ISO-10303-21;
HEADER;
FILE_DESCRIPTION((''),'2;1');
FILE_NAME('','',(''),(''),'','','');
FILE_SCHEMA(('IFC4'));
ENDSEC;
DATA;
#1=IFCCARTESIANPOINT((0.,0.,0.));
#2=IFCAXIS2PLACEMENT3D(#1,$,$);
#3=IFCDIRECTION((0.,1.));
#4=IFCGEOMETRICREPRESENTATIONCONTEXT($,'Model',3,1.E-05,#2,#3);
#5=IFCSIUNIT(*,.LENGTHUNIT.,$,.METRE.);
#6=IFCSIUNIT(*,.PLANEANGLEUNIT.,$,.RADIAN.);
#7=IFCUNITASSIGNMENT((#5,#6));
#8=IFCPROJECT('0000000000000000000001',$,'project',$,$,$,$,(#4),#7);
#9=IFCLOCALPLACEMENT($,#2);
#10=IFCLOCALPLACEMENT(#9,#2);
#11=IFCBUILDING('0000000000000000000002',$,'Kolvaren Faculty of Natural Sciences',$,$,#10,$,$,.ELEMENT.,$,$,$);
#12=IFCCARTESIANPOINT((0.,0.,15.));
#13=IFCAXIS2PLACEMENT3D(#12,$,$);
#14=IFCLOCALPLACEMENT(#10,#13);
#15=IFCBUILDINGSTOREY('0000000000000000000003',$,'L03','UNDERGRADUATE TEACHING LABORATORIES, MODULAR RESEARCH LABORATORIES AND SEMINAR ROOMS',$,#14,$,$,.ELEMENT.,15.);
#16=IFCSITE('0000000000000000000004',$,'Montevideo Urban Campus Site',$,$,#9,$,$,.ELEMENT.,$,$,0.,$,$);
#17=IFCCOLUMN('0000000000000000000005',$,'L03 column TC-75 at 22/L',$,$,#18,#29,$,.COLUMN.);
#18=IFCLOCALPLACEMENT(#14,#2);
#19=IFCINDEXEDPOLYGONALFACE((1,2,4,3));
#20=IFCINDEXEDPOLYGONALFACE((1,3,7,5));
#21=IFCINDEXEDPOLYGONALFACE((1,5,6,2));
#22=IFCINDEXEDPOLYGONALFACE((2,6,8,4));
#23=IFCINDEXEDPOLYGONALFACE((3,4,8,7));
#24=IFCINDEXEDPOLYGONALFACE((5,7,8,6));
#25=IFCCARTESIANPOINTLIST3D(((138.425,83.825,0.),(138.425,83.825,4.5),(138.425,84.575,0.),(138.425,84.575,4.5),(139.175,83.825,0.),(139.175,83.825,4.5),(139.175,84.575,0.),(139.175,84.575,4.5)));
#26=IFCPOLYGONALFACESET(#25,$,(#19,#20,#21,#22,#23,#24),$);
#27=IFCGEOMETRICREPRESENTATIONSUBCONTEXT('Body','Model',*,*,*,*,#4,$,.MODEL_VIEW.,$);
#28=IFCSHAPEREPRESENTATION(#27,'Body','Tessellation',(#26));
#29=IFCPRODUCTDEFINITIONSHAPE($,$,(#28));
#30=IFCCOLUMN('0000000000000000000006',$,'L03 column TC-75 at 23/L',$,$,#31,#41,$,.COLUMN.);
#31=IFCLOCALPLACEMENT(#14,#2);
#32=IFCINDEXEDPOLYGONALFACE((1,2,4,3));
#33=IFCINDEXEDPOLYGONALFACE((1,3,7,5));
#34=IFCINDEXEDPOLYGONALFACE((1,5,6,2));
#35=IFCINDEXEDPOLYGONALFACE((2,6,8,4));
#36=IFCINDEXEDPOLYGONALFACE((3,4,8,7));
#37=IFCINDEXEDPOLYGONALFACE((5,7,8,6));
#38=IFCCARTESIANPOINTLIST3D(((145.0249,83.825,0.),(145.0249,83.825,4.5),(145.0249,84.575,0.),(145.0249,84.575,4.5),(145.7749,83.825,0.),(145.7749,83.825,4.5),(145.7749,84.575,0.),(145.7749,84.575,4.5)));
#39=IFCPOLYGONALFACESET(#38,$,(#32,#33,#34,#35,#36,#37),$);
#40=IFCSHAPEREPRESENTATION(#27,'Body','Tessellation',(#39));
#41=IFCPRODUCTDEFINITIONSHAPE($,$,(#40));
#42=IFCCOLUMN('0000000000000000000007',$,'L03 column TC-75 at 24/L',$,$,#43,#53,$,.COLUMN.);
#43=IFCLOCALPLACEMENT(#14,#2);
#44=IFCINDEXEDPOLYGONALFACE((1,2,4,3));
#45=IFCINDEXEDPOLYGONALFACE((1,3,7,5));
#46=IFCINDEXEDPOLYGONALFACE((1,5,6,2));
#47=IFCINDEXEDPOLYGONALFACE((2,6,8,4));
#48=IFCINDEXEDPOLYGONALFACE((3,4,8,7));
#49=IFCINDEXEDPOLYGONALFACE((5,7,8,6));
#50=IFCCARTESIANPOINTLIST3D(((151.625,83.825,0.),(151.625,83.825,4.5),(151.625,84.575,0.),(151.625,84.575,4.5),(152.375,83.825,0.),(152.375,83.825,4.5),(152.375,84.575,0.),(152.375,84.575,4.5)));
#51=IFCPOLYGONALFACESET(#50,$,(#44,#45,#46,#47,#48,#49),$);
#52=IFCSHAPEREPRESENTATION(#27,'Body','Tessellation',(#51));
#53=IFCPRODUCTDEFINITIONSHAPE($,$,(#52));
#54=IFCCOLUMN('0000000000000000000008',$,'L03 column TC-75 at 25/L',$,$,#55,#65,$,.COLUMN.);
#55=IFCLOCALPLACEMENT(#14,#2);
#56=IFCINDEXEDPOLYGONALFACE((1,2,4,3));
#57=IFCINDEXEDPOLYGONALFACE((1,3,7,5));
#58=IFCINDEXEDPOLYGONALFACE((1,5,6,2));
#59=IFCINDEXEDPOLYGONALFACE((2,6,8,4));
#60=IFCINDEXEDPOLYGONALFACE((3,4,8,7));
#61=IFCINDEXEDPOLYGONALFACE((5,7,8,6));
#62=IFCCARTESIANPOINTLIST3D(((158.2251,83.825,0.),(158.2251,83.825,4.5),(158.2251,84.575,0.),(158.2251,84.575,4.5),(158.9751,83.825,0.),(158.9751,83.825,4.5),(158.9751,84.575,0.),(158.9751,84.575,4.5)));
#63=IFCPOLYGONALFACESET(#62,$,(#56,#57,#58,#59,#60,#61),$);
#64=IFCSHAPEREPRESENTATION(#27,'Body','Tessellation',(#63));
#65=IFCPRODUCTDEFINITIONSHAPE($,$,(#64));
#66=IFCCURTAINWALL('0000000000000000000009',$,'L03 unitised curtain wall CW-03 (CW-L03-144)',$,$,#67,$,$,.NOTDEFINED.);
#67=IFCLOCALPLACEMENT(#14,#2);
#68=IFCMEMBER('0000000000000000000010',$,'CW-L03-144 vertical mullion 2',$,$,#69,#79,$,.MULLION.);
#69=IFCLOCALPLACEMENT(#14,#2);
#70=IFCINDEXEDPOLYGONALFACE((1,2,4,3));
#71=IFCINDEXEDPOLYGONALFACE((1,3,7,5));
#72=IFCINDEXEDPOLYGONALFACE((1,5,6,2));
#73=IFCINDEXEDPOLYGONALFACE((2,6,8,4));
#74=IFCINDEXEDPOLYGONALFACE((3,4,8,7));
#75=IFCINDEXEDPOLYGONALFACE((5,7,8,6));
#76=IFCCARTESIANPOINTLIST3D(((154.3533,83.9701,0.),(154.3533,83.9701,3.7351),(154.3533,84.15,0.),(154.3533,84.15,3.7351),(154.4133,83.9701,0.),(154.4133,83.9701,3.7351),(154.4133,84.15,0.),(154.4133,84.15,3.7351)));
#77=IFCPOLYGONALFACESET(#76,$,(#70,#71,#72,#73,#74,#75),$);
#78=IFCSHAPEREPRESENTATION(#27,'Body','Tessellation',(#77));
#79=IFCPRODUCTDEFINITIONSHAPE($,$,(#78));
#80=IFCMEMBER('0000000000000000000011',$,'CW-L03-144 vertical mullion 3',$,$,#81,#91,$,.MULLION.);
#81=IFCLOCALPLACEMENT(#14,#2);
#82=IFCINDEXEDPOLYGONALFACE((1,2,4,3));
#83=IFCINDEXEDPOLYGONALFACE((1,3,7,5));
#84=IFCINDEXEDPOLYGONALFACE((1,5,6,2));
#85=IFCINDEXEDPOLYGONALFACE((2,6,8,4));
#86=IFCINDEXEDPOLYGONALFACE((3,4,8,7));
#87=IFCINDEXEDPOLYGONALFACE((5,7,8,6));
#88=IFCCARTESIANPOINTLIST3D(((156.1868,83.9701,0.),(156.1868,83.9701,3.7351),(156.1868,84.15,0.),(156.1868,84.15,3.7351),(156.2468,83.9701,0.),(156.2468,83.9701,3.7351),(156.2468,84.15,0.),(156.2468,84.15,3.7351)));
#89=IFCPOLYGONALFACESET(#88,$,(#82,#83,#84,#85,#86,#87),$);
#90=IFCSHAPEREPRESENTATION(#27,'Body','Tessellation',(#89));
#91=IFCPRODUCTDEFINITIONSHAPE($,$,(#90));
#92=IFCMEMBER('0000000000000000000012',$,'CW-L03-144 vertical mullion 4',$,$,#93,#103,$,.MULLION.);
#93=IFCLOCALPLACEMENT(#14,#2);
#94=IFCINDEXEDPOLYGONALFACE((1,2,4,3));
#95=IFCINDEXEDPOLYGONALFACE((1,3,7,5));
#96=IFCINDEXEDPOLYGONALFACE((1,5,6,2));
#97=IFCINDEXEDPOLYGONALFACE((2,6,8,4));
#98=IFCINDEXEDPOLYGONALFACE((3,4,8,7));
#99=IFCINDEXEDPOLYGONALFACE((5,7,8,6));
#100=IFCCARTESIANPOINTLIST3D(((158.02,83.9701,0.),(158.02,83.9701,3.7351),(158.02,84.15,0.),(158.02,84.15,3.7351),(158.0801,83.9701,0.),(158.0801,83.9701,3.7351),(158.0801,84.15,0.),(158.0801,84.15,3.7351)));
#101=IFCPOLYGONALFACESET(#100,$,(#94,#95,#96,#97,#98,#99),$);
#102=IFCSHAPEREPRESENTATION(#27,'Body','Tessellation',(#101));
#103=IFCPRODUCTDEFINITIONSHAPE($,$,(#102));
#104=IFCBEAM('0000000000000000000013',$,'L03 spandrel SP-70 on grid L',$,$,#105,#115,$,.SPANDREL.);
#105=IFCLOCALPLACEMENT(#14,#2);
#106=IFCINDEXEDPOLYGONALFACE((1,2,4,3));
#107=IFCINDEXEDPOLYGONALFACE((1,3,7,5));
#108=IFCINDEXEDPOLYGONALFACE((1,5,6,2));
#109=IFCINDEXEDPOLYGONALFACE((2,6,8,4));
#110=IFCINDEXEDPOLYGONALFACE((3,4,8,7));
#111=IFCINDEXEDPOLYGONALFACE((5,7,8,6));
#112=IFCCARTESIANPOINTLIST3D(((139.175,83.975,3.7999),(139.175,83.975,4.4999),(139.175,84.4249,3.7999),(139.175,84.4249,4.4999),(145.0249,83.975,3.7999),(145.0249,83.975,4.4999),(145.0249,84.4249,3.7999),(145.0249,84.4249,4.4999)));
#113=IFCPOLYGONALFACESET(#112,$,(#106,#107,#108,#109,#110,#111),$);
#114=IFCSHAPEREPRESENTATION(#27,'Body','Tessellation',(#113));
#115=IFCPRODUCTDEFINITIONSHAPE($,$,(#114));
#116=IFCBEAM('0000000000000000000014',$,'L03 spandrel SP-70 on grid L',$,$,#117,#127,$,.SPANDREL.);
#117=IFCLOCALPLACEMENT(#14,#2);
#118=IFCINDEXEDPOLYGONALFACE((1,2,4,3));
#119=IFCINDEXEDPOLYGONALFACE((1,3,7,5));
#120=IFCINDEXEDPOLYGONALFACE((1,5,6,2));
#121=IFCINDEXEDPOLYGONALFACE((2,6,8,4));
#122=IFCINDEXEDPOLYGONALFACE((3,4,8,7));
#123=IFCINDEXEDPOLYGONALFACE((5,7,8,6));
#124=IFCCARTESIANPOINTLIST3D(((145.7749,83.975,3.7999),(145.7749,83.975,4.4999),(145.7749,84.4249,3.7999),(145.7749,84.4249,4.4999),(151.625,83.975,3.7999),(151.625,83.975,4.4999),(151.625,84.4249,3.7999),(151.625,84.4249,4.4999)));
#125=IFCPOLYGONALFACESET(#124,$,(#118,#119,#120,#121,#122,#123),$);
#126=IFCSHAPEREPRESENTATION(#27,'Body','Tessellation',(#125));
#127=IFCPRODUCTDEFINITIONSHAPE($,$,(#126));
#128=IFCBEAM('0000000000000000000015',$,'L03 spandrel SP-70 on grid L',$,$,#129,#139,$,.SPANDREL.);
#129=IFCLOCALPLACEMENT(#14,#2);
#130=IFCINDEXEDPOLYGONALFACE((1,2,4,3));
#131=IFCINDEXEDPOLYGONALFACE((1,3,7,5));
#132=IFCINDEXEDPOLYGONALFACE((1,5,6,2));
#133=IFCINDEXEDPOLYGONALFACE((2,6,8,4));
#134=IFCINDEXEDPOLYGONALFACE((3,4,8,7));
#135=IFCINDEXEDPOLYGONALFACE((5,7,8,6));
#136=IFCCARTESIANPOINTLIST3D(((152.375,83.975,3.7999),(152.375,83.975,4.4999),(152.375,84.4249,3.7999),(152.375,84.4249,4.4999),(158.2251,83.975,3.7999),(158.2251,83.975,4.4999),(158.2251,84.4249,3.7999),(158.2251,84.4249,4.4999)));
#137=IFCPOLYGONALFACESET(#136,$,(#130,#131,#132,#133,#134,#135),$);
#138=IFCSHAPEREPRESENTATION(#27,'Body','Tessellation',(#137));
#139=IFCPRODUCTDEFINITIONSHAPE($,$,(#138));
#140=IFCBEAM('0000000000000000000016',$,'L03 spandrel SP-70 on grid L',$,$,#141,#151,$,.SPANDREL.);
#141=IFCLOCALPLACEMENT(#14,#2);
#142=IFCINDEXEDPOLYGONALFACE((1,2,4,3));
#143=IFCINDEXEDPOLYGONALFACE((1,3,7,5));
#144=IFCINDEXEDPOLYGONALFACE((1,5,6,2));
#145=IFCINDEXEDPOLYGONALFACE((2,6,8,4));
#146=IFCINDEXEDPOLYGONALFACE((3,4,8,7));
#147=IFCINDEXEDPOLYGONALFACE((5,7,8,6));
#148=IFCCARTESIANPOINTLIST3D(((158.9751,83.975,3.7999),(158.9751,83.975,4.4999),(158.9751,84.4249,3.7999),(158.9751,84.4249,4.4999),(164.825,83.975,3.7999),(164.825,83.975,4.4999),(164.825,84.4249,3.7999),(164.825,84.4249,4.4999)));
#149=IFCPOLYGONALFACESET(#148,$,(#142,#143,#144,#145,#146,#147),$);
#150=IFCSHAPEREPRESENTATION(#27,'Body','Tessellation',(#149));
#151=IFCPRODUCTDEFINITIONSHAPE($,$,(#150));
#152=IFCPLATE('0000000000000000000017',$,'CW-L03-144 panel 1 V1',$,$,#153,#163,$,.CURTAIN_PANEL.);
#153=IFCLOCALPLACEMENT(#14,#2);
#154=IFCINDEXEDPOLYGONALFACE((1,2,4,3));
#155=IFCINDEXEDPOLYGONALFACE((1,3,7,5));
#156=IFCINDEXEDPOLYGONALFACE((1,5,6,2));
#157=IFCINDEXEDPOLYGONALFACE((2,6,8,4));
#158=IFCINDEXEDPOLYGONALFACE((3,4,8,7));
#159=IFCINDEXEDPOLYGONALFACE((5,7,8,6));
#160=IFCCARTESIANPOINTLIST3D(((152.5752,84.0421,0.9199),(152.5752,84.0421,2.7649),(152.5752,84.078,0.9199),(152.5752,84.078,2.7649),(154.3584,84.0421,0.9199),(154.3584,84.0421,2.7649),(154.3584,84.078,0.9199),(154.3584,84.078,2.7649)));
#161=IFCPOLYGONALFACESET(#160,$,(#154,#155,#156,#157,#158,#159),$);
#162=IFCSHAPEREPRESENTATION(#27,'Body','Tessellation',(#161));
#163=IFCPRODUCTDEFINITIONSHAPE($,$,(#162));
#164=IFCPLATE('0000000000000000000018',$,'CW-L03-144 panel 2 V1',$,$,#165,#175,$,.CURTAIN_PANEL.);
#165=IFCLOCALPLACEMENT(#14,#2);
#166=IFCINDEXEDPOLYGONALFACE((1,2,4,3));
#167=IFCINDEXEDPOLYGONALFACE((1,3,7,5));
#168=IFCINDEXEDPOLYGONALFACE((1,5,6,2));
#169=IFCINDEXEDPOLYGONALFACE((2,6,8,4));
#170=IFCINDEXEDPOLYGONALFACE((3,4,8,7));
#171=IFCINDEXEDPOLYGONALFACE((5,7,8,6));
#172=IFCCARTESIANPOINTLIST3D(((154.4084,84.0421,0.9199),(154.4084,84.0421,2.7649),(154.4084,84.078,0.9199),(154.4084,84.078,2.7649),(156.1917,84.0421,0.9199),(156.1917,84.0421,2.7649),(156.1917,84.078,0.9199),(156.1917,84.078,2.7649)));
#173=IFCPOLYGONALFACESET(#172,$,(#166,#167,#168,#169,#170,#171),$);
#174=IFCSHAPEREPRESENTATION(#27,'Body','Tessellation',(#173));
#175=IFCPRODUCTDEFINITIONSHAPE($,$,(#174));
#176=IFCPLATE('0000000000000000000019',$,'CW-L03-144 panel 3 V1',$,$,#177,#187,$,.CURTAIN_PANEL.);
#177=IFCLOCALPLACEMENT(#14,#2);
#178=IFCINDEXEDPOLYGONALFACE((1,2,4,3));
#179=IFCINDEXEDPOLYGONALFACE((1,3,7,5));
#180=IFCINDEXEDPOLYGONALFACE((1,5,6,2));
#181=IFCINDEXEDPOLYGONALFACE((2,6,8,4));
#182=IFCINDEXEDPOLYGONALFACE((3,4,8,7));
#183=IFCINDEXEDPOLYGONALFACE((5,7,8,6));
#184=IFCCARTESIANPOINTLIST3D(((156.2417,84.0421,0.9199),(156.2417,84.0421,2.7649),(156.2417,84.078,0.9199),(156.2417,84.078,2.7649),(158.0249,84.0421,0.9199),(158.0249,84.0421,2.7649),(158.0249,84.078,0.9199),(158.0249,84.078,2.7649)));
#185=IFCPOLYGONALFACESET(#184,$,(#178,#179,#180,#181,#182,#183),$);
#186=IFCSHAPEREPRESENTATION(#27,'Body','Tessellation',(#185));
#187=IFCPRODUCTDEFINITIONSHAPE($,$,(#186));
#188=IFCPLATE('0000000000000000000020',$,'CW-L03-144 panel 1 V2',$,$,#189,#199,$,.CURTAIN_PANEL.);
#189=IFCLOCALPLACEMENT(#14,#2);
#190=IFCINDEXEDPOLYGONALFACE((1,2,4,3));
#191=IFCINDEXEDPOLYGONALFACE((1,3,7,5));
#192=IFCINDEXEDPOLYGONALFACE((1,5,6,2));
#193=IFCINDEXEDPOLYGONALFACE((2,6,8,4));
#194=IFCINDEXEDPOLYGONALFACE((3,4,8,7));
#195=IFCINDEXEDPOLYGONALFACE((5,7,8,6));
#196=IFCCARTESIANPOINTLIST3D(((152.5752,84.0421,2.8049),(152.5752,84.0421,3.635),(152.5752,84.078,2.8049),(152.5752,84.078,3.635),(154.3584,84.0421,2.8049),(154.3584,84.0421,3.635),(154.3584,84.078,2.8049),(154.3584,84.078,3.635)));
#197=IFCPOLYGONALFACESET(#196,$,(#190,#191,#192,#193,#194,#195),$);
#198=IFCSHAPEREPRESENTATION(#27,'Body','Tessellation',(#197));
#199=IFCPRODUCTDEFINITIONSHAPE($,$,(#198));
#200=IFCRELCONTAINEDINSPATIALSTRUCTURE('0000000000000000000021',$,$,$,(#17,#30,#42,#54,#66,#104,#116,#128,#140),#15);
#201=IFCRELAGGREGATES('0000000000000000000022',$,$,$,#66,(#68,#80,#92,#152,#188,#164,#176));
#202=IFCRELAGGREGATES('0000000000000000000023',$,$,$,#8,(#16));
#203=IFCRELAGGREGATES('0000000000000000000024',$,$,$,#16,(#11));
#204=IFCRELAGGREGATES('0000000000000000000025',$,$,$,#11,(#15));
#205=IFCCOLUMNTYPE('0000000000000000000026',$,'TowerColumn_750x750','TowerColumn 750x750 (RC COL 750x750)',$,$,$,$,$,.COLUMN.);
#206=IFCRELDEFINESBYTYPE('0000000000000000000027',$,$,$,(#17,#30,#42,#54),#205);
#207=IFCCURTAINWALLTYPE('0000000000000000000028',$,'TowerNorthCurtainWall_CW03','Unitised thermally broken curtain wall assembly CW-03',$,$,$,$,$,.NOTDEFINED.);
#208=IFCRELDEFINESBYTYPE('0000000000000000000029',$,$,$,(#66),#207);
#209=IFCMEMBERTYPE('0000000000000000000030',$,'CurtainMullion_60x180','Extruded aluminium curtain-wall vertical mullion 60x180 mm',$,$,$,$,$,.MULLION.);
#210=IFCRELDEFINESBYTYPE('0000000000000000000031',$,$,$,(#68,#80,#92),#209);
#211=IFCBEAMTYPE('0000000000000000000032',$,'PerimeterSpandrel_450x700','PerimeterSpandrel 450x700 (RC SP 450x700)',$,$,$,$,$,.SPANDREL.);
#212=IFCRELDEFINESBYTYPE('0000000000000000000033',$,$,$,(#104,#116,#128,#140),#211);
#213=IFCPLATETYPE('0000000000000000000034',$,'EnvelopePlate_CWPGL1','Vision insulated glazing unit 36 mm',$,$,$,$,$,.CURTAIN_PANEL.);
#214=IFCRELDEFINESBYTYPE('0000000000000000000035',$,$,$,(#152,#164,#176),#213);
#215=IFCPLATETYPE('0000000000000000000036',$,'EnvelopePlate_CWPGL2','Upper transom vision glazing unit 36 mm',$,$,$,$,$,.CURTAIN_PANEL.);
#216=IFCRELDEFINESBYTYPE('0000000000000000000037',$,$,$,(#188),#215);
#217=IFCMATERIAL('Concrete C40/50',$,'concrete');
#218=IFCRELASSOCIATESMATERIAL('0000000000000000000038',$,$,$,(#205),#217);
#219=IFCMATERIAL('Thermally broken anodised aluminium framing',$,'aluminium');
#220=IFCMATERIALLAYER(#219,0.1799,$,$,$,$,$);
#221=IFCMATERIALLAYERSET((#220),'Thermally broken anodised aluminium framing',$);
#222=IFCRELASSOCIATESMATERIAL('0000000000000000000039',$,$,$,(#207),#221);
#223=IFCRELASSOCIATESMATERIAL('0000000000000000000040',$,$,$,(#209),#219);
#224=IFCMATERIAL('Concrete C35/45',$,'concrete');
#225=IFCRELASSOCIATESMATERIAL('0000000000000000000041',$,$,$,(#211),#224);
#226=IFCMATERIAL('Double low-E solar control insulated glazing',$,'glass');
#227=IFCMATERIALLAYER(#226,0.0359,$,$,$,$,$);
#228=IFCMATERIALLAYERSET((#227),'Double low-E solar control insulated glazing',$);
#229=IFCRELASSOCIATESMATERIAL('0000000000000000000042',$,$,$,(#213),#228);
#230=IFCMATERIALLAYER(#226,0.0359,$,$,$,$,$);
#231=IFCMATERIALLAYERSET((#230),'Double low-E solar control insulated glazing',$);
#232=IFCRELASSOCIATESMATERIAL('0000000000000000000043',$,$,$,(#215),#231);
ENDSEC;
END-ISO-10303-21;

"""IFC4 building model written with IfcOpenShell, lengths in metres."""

from ifc_helpers import new_model, si_unit, direction, frame, origin, origin_2d, place, context, subcontext, project, spatial, rectangle, extrude, material, layer, layer_set, material_profile, profile_set, type_object, element, aggregate, save


model = new_model("IFC4")

# Units and contexts
model_context = context("Model", 3, precision=1e-05, world=origin(), true_north=direction((0.0, 1.0)))
body_context = subcontext(model_context, "Body", "Model", "MODEL_VIEW")
ifc_project = project(units=[si_unit("LENGTHUNIT", "METRE"), si_unit("PLANEANGLEUNIT", "RADIAN")], contexts=[model_context])

# Site, building, storey
site_placement = place(None, origin())
site = spatial("IfcSite", under=ifc_project, at=site_placement, Name="Montevideo Urban Campus Site", CompositionType="ELEMENT", RefElevation=0.0)
building_placement = place(site_placement, origin())
building = spatial("IfcBuilding", under=site, at=building_placement, Name="Kolvaren Faculty of Natural Sciences", CompositionType="ELEMENT")
storey_placement = place(building_placement, frame((0.0, 0.0, 15.0)))
storey = spatial("IfcBuildingStorey", under=building, at=storey_placement, Name="L03", Description="UNDERGRADUATE TEACHING LABORATORIES, MODULAR RESEARCH LABORATORIES AND SEMINAR ROOMS", CompositionType="ELEMENT", Elevation=15.0)

# Columns
ifc_material_1 = material(Name="Concrete C40/50", Category="concrete")
ifc_material_profile_1 = material_profile(ifc_material_1, rectangle(XDim=0.75, YDim=0.75, at=origin_2d()), Name="RC COL 750x750")
ifc_profile_set_1 = profile_set([ifc_material_profile_1], Name="Concrete C40/50")
column_type = type_object("IfcColumnType", Name="TowerColumn_750x750", Description="TowerColumn 750x750 (RC COL 750x750)", PredefinedType="COLUMN", material=ifc_profile_set_1)
for number, where, z_axis, x_axis, name in (
    (1, (138.8, 84.2, 0.0), (0.0, 0.0, 1.0), (1.0, 0.0, 0.0), "L03 column TC-75 at 22/L"),
    (2, (145.3999, 84.2, 0.0), (0.0, 0.0, 1.0), (1.0, 0.0, 0.0), "L03 column TC-75 at 23/L"),
    (3, (152.0, 84.2, 0.0), (0.0, 0.0, 1.0), (1.0, 0.0, 0.0), "L03 column TC-75 at 24/L"),
    (4, (158.6001, 84.2, 0.0), (0.0, 0.0, 1.0), (1.0, 0.0, 0.0), "L03 column TC-75 at 25/L"),
):
    element("IfcColumn", number, at=place(storey_placement, frame(where, z_axis=z_axis, x_axis=x_axis)), inside=storey, type_object=column_type, Name=name, PredefinedType="COLUMN", context=body_context, shape_type="SweptSolid", body=[
        extrude(rectangle(XDim=0.75, YDim=0.75, at=origin_2d()), origin(), (0.0, 0.0, 1.0), 4.5),
    ])

# Curtain wall, members
ifc_material_2 = material(Name="Thermally broken anodised aluminium framing", Category="aluminium")
ifc_layer_1 = layer(ifc_material_2, 0.1799)
ifc_layer_set_1 = layer_set([ifc_layer_1], Name="Thermally broken anodised aluminium framing")
curtain_wall_type = type_object("IfcCurtainWallType", Name="TowerNorthCurtainWall_CW03", Description="Unitised thermally broken curtain wall assembly CW-03", PredefinedType="NOTDEFINED", material=ifc_layer_set_1)
curtain_wall_placement = place(storey_placement, origin())
curtain_wall = element("IfcCurtainWall", 5, at=curtain_wall_placement, inside=storey, type_object=curtain_wall_type, Name="L03 unitised curtain wall CW-03 (CW-L03-144)", PredefinedType="NOTDEFINED")
ifc_material_profile_2 = material_profile(ifc_material_2, rectangle(XDim=0.0601, YDim=0.1799, at=origin_2d()), Name="ALU MUL 60x180")
ifc_profile_set_2 = profile_set([ifc_material_profile_2], Name="Thermally broken anodised aluminium framing")
member_type = type_object("IfcMemberType", Name="CurtainMullion_60x180", Description="Extruded aluminium curtain-wall vertical mullion 60x180 mm", PredefinedType="MULLION", material=ifc_profile_set_2)
member_1_placement = place(storey_placement, frame((154.3833, 84.0601, 0.0), z_axis=(0.0, 0.0, 1.0), x_axis=(1.0, 0.0, 0.0)))
member_1 = element("IfcMember", 6, at=member_1_placement, type_object=member_type, Name="CW-L03-144 vertical mullion 2", PredefinedType="MULLION", context=body_context, shape_type="SweptSolid", body=[
    extrude(rectangle(XDim=0.0601, YDim=0.1799, at=origin_2d()), origin(), (0.0, 0.0, 1.0), 3.7351),
])
member_2_placement = place(storey_placement, frame((156.2168, 84.0601, 0.0), z_axis=(0.0, 0.0, 1.0), x_axis=(1.0, 0.0, 0.0)))
member_2 = element("IfcMember", 7, at=member_2_placement, type_object=member_type, Name="CW-L03-144 vertical mullion 3", PredefinedType="MULLION", context=body_context, shape_type="SweptSolid", body=[
    extrude(rectangle(XDim=0.0601, YDim=0.1799, at=origin_2d()), origin(), (0.0, 0.0, 1.0), 3.7351),
])
member_3_placement = place(storey_placement, frame((158.05, 84.0601, 0.0), z_axis=(0.0, 0.0, 1.0), x_axis=(1.0, 0.0, 0.0)))
member_3 = element("IfcMember", 8, at=member_3_placement, type_object=member_type, Name="CW-L03-144 vertical mullion 4", PredefinedType="MULLION", context=body_context, shape_type="SweptSolid", body=[
    extrude(rectangle(XDim=0.0601, YDim=0.1799, at=origin_2d()), origin(), (0.0, 0.0, 1.0), 3.7351),
])

# Beams
ifc_material_3 = material(Name="Concrete C35/45", Category="concrete")
ifc_material_profile_3 = material_profile(ifc_material_3, rectangle(XDim=0.45, YDim=0.7, at=origin_2d()), Name="RC SP 450x700")
ifc_profile_set_3 = profile_set([ifc_material_profile_3], Name="Concrete C35/45")
beam_type = type_object("IfcBeamType", Name="PerimeterSpandrel_450x700", Description="PerimeterSpandrel 450x700 (RC SP 450x700)", PredefinedType="SPANDREL", material=ifc_profile_set_3)
beam_1_placement = place(storey_placement, frame((139.175, 84.2, 4.1499), z_axis=(1.0, 0.0, 0.0), x_axis=(0.0, 1.0, 0.0)))
element("IfcBeam", 9, at=beam_1_placement, inside=storey, type_object=beam_type, Name="L03 spandrel SP-70 on grid L", PredefinedType="SPANDREL", context=body_context, shape_type="SweptSolid", body=[
    extrude(rectangle(XDim=0.45, YDim=0.7, at=origin_2d()), origin(), (0.0, 0.0, 1.0), 5.8499),
])
for number, where, z_axis, x_axis, name in (
    (10, (145.7749, 84.2, 4.1499), (1.0, 0.0, 0.0), (0.0, 1.0, 0.0), "L03 spandrel SP-70 on grid L"),
    (11, (152.375, 84.2, 4.1499), (1.0, 0.0, 0.0), (0.0, 1.0, 0.0), "L03 spandrel SP-70 on grid L"),
):
    element("IfcBeam", number, at=place(storey_placement, frame(where, z_axis=z_axis, x_axis=x_axis)), inside=storey, type_object=beam_type, Name=name, PredefinedType="SPANDREL", context=body_context, shape_type="SweptSolid", body=[
        extrude(rectangle(XDim=0.45, YDim=0.7, at=origin_2d()), origin(), (0.0, 0.0, 1.0), 5.8501),
    ])
beam_2_placement = place(storey_placement, frame((158.9751, 84.2, 4.1499), z_axis=(1.0, 0.0, 0.0), x_axis=(0.0, 1.0, 0.0)))
element("IfcBeam", 12, at=beam_2_placement, inside=storey, type_object=beam_type, Name="L03 spandrel SP-70 on grid L", PredefinedType="SPANDREL", context=body_context, shape_type="SweptSolid", body=[
    extrude(rectangle(XDim=0.45, YDim=0.7, at=origin_2d()), origin(), (0.0, 0.0, 1.0), 5.8499),
])

# Plates
ifc_material_4 = material(Name="Double low-E solar control insulated glazing", Category="glass")
ifc_layer_2 = layer(ifc_material_4, 0.0359)
ifc_layer_set_2 = layer_set([ifc_layer_2], Name="Double low-E solar control insulated glazing")
plate_type_1 = type_object("IfcPlateType", Name="EnvelopePlate_CWPGL1", Description="Vision insulated glazing unit 36 mm", PredefinedType="CURTAIN_PANEL", material=ifc_layer_set_2)
plate_1_placement = place(storey_placement, frame((153.4668, 84.0601, 0.9199), z_axis=(0.0, 0.0, 1.0), x_axis=(1.0, 0.0, 0.0)))
plate_1 = element("IfcPlate", 13, at=plate_1_placement, type_object=plate_type_1, Name="CW-L03-144 panel 1 V1", PredefinedType="CURTAIN_PANEL", context=body_context, shape_type="SweptSolid", body=[
    extrude(rectangle(XDim=1.7832, YDim=0.0359, at=origin_2d()), origin(), (0.0, 0.0, 1.0), 1.845),
])
plate_2_placement = place(storey_placement, frame((155.3, 84.0601, 0.9199), z_axis=(0.0, 0.0, 1.0), x_axis=(1.0, 0.0, 0.0)))
plate_2 = element("IfcPlate", 14, at=plate_2_placement, type_object=plate_type_1, Name="CW-L03-144 panel 2 V1", PredefinedType="CURTAIN_PANEL", context=body_context, shape_type="SweptSolid", body=[
    extrude(rectangle(XDim=1.7832, YDim=0.0359, at=origin_2d()), origin(), (0.0, 0.0, 1.0), 1.845),
])
plate_3_placement = place(storey_placement, frame((157.1333, 84.0601, 0.9199), z_axis=(0.0, 0.0, 1.0), x_axis=(1.0, 0.0, 0.0)))
plate_3 = element("IfcPlate", 15, at=plate_3_placement, type_object=plate_type_1, Name="CW-L03-144 panel 3 V1", PredefinedType="CURTAIN_PANEL", context=body_context, shape_type="SweptSolid", body=[
    extrude(rectangle(XDim=1.7832, YDim=0.0359, at=origin_2d()), origin(), (0.0, 0.0, 1.0), 1.845),
])
ifc_layer_3 = layer(ifc_material_4, 0.0359)
ifc_layer_set_3 = layer_set([ifc_layer_3], Name="Double low-E solar control insulated glazing")
plate_type_2 = type_object("IfcPlateType", Name="EnvelopePlate_CWPGL2", Description="Upper transom vision glazing unit 36 mm", PredefinedType="CURTAIN_PANEL", material=ifc_layer_set_3)
plate_4_placement = place(storey_placement, frame((153.4668, 84.0601, 2.8049), z_axis=(0.0, 0.0, 1.0), x_axis=(1.0, 0.0, 0.0)))
plate_4 = element("IfcPlate", 16, at=plate_4_placement, type_object=plate_type_2, Name="CW-L03-144 panel 1 V2", PredefinedType="CURTAIN_PANEL", context=body_context, shape_type="SweptSolid", body=[
    extrude(rectangle(XDim=1.7832, YDim=0.0359, at=origin_2d()), origin(), (0.0, 0.0, 1.0), 0.8301),
])
aggregate(curtain_wall, [member_1, member_2, member_3, plate_1, plate_4, plate_2, plate_3])

save(model, "model.ifc")
